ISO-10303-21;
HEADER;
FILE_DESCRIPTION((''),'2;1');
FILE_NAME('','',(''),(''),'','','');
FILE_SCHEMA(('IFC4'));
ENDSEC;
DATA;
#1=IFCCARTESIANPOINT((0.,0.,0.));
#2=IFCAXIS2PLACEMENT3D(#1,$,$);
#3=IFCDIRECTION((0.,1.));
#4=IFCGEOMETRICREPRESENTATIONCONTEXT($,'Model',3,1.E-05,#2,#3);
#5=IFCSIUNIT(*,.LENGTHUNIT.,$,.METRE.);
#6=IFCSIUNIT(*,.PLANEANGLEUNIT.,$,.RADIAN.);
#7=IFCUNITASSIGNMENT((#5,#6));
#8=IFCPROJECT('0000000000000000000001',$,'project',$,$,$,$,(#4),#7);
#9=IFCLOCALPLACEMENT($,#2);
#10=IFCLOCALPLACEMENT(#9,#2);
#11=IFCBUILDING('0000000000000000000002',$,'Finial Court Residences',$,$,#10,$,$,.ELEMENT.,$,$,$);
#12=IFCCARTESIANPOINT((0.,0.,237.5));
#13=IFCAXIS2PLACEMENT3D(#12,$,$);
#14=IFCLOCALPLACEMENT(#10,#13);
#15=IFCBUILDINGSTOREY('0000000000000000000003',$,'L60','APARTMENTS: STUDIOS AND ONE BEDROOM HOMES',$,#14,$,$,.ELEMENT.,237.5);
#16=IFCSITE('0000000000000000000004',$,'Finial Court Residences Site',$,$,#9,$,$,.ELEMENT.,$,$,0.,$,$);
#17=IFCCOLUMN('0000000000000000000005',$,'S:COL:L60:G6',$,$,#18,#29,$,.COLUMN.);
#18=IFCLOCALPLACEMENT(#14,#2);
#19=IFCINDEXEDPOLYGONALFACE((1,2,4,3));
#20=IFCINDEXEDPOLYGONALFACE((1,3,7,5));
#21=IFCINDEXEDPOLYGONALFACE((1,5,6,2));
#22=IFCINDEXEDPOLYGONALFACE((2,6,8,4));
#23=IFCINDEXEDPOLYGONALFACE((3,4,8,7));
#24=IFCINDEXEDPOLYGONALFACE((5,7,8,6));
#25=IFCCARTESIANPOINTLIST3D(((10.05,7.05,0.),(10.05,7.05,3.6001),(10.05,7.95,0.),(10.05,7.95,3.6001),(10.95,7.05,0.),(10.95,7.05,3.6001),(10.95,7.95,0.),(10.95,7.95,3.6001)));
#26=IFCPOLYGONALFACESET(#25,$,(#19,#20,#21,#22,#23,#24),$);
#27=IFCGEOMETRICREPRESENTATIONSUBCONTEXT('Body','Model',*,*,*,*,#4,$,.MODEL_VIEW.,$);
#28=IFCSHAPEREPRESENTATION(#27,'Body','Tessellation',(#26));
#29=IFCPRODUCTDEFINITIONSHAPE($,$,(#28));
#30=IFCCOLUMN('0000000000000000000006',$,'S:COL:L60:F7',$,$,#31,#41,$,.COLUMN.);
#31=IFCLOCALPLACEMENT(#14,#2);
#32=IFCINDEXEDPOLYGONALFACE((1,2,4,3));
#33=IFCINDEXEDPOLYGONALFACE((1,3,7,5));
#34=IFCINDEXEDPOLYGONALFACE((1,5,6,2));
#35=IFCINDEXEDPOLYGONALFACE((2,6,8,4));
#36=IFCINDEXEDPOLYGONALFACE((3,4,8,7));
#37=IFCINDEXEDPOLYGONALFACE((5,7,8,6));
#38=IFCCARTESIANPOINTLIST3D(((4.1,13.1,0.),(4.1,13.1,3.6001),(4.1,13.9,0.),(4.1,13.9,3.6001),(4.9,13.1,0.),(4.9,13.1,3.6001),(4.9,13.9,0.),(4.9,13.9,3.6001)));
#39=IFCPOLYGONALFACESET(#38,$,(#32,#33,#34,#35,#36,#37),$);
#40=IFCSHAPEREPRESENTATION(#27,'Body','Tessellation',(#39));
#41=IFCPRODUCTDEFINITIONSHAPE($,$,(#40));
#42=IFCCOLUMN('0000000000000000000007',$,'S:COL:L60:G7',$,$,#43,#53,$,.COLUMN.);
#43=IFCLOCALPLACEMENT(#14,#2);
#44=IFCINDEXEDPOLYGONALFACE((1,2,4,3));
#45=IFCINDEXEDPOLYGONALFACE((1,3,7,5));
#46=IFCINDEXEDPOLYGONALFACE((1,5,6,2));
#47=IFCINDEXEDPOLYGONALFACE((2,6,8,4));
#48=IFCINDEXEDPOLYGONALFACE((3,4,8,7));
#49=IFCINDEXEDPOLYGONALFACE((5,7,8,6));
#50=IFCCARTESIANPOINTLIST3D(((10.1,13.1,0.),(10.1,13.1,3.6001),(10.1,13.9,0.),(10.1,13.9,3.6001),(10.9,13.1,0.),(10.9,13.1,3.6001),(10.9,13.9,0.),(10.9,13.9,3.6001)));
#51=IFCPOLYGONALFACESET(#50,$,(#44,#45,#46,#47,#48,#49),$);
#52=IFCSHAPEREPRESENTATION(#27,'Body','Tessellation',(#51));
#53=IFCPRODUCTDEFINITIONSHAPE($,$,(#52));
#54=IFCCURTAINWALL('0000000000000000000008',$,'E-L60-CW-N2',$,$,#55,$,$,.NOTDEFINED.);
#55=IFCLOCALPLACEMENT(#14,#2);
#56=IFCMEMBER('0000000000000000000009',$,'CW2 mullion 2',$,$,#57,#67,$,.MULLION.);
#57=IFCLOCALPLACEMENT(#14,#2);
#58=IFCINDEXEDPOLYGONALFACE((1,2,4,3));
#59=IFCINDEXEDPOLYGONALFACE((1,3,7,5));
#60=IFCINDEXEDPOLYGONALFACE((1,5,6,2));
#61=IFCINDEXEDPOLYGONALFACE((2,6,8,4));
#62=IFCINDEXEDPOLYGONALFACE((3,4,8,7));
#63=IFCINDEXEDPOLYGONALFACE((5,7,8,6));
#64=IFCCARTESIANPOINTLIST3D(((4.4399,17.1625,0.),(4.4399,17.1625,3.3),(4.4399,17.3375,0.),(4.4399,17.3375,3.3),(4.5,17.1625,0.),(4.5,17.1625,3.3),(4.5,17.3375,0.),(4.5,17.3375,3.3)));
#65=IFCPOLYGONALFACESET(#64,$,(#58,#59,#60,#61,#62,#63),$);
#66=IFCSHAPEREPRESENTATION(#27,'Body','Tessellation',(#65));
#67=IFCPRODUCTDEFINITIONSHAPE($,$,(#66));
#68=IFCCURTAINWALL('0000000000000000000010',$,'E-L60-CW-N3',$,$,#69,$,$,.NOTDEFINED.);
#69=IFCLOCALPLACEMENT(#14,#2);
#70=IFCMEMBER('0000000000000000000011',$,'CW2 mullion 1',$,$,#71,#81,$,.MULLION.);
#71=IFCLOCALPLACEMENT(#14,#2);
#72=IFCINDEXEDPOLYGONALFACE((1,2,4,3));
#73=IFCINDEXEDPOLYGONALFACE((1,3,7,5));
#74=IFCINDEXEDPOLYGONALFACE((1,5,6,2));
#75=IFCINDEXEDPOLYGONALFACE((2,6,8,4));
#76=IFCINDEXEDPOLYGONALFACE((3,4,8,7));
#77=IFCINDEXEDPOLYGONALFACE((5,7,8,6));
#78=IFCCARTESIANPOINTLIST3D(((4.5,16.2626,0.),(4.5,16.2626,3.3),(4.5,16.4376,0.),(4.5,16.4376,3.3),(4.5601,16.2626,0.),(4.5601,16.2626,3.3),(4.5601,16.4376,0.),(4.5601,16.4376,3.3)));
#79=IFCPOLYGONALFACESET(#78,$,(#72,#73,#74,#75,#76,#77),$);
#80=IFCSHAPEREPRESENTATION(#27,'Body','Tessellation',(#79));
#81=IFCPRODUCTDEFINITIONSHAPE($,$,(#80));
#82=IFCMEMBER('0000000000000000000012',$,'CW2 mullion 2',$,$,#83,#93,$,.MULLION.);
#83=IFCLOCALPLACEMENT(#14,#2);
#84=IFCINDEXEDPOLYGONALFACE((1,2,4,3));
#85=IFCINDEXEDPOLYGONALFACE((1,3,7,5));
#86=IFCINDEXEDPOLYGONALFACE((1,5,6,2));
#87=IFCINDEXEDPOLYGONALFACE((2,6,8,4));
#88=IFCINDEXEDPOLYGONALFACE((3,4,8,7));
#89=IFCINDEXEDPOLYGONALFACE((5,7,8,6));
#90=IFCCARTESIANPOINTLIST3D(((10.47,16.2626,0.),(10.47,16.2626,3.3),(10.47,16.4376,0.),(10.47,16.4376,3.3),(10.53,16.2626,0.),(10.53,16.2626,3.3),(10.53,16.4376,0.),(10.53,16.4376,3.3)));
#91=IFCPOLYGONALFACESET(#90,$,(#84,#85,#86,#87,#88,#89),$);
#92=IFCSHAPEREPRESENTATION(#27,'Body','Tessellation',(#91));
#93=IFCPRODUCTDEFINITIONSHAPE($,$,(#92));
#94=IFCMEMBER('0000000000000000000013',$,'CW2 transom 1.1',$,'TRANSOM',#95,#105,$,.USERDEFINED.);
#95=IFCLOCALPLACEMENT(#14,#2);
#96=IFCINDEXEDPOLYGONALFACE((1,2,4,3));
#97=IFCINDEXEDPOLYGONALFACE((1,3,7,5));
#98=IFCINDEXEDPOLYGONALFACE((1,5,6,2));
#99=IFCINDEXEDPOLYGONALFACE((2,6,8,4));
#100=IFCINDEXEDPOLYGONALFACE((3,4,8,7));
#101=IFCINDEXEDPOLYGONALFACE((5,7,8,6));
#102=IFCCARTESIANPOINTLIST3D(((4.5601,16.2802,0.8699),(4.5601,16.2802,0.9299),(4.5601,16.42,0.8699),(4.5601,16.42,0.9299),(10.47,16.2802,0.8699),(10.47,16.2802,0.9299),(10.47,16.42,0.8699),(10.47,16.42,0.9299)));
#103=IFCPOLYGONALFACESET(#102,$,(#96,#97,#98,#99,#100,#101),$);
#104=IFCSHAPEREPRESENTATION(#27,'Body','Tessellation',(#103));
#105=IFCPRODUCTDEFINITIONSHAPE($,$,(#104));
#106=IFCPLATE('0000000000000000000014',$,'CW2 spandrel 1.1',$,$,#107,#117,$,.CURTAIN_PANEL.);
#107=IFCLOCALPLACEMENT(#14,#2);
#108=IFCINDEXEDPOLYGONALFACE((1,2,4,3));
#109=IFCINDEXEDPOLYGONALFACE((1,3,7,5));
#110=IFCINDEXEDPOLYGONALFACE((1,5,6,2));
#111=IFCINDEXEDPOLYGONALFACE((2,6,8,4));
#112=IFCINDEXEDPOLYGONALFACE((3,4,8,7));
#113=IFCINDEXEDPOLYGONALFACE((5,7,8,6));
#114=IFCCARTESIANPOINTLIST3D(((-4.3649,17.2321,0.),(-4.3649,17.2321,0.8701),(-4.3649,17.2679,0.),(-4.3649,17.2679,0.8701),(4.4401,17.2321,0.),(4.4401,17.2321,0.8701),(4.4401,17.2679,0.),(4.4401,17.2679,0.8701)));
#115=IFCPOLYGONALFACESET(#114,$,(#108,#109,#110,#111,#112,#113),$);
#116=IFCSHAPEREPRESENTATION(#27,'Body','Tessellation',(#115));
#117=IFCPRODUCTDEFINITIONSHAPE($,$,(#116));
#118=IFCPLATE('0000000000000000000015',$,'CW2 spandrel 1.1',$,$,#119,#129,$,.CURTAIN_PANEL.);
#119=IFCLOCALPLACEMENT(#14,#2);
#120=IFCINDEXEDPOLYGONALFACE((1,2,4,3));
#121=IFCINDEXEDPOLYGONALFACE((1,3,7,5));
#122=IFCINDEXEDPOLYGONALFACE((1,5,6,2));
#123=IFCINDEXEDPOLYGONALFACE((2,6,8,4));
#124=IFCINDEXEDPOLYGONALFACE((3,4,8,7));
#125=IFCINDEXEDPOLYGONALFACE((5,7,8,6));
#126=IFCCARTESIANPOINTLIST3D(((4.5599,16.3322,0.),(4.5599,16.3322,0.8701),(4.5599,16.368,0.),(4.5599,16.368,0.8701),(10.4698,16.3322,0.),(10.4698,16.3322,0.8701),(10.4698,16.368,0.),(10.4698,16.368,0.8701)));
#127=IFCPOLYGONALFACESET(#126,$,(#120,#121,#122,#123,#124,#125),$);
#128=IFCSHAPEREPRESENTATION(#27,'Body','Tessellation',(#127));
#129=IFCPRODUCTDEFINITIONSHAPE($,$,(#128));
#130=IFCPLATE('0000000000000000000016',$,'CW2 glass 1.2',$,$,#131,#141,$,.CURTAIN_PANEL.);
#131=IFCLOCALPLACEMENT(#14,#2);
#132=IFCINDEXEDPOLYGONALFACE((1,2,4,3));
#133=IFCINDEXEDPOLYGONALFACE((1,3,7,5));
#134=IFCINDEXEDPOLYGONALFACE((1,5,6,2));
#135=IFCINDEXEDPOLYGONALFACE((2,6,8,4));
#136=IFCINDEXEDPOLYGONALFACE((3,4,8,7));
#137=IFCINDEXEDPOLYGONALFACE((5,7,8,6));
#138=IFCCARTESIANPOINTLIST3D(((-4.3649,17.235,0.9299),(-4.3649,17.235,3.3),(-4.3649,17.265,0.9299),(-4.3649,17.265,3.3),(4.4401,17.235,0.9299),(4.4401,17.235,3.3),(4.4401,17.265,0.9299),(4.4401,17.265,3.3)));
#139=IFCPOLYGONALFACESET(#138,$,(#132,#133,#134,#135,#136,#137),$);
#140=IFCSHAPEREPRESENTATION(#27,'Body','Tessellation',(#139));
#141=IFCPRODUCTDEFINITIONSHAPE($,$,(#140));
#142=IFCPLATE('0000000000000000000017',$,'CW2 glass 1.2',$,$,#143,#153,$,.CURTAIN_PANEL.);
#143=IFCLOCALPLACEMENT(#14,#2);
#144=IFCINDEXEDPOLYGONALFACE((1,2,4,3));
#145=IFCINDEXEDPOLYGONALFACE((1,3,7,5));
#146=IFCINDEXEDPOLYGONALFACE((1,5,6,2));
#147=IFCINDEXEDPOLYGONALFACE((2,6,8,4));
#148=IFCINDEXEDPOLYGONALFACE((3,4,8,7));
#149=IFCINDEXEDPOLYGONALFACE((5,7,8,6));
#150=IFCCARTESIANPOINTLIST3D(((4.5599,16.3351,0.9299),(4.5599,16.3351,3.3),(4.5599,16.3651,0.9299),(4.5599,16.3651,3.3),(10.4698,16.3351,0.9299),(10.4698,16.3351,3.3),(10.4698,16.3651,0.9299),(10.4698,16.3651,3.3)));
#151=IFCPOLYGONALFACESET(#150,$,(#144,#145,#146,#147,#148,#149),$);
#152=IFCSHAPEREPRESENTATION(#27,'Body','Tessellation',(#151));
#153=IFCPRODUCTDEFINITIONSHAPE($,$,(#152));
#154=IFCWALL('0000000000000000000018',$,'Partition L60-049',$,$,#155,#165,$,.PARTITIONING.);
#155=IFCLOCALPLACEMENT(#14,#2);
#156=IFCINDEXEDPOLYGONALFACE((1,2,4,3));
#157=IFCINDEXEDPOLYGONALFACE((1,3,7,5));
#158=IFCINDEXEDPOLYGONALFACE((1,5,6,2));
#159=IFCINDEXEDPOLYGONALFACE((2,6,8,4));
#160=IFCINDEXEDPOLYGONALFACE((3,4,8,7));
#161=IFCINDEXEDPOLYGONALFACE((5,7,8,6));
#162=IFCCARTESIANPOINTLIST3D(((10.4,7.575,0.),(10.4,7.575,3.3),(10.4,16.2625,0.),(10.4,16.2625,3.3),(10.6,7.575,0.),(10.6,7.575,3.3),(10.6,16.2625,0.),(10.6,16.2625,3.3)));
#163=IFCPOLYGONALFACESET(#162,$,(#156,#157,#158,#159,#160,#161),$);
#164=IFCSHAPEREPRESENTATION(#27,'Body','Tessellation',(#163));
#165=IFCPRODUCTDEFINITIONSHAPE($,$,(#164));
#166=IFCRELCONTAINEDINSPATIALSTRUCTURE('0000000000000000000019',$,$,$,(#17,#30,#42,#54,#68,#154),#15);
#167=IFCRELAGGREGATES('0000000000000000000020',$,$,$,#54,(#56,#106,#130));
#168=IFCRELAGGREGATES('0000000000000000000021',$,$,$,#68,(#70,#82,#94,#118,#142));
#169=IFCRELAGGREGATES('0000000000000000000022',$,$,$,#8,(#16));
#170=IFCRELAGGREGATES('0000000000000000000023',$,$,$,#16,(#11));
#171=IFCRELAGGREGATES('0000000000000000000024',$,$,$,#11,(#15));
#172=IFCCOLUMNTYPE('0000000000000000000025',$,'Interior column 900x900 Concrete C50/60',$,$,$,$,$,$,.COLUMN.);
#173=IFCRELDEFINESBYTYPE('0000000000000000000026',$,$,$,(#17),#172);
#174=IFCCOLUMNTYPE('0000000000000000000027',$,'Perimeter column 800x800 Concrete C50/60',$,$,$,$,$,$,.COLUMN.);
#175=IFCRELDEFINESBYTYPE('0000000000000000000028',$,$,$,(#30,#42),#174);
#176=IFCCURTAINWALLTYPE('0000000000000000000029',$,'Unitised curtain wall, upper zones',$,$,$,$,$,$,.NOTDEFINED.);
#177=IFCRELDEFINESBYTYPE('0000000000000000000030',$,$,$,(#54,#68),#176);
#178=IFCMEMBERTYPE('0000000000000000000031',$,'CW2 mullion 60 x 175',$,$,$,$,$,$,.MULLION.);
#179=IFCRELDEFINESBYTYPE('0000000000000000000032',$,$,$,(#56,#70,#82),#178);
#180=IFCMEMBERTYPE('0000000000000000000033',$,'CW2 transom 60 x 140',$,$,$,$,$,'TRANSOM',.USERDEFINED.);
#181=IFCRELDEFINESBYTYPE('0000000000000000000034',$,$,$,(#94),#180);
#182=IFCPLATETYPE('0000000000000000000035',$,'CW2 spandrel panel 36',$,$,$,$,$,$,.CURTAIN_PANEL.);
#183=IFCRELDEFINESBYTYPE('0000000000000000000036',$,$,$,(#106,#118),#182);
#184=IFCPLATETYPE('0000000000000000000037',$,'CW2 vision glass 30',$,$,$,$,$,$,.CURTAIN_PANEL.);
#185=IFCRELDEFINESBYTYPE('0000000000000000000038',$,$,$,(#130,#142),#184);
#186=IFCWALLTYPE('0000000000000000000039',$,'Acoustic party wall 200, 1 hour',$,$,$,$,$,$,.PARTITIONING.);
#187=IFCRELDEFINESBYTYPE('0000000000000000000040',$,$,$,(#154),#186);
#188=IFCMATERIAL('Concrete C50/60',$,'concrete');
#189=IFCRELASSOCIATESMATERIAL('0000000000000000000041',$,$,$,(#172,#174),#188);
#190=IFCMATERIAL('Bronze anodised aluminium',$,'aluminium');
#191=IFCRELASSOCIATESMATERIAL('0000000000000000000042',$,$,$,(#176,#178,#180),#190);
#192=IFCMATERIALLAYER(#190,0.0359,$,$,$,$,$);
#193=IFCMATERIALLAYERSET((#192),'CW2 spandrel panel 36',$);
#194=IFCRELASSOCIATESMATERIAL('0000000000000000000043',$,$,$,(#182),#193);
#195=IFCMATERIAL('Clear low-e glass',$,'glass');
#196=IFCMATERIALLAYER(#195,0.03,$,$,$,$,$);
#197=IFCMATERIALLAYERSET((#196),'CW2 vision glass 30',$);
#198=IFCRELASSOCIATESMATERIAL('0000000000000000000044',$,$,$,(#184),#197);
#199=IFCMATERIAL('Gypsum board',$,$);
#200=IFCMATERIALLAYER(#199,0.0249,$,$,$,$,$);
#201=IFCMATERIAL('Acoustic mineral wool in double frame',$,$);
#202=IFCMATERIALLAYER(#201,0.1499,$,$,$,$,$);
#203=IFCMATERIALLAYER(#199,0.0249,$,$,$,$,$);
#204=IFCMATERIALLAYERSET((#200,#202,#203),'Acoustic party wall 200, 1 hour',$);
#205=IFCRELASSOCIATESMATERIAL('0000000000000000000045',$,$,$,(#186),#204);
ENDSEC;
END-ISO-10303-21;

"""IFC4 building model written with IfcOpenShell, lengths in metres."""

from ifc_helpers import new_model, si_unit, direction, frame, frame_2d, origin, origin_2d, place, context, subcontext, project, spatial, rectangle, extrude, material, layer, layer_set, material_profile, profile_set, type_object, element, aggregate, save


model = new_model("IFC4")

# Units and contexts
model_context = context("Model", 3, precision=1e-05, world=origin(), true_north=direction((0.0, 1.0)))
body_context = subcontext(model_context, "Body", "Model", "MODEL_VIEW")
ifc_project = project(units=[si_unit("LENGTHUNIT", "METRE"), si_unit("PLANEANGLEUNIT", "RADIAN")], contexts=[model_context])

# Site, building, storey
site_placement = place(None, origin())
site = spatial("IfcSite", under=ifc_project, at=site_placement, Name="Finial Court Residences Site", CompositionType="ELEMENT", RefElevation=0.0)
building_placement = place(site_placement, origin())
building = spatial("IfcBuilding", under=site, at=building_placement, Name="Finial Court Residences", CompositionType="ELEMENT")
storey_placement = place(building_placement, frame((0.0, 0.0, 237.5)))
storey = spatial("IfcBuildingStorey", under=building, at=storey_placement, Name="L60", Description="APARTMENTS: STUDIOS AND ONE BEDROOM HOMES", CompositionType="ELEMENT", Elevation=237.5)

# Columns
ifc_material_1 = material(Name="Concrete C50/60", Category="concrete")
ifc_material_profile_1 = material_profile(ifc_material_1, rectangle(XDim=0.8999, YDim=0.8999, at=origin_2d()), Name="900x900")
ifc_profile_set_1 = profile_set([ifc_material_profile_1], Name="Concrete C50/60")
column_type_1 = type_object("IfcColumnType", Name="Interior column 900x900 Concrete C50/60", PredefinedType="COLUMN", material=ifc_profile_set_1)
column_placement = place(storey_placement, frame((10.5, 7.5, 0.0), z_axis=(0.0, 0.0, 1.0), x_axis=(1.0, 0.0, 0.0)))
element("IfcColumn", 1, at=column_placement, inside=storey, type_object=column_type_1, Name="S:COL:L60:G6", PredefinedType="COLUMN", context=body_context, shape_type="SweptSolid", body=[
    extrude(rectangle(XDim=0.8999, YDim=0.8999, at=origin_2d()), origin(), (0.0, 0.0, 1.0), 3.6001),
])
ifc_material_profile_2 = material_profile(ifc_material_1, rectangle(XDim=0.8, YDim=0.8, at=origin_2d()), Name="800x800")
ifc_profile_set_2 = profile_set([ifc_material_profile_2], Name="Concrete C50/60")
column_type_2 = type_object("IfcColumnType", Name="Perimeter column 800x800 Concrete C50/60", PredefinedType="COLUMN", material=ifc_profile_set_2)
for number, where, z_axis, x_axis, name in (
    (2, (4.5, 13.5, 0.0), (0.0, 0.0, 1.0), (1.0, 0.0, 0.0), "S:COL:L60:F7"),
    (3, (10.5, 13.5, 0.0), (0.0, 0.0, 1.0), (1.0, 0.0, 0.0), "S:COL:L60:G7"),
):
    element("IfcColumn", number, at=place(storey_placement, frame(where, z_axis=z_axis, x_axis=x_axis)), inside=storey, type_object=column_type_2, Name=name, PredefinedType="COLUMN", context=body_context, shape_type="SweptSolid", body=[
        extrude(rectangle(XDim=0.8, YDim=0.8, at=origin_2d()), origin(), (0.0, 0.0, 1.0), 3.6001),
    ])

# Curtain wall, member
ifc_material_2 = material(Name="Bronze anodised aluminium", Category="aluminium")
curtain_wall_type = type_object("IfcCurtainWallType", Name="Unitised curtain wall, upper zones", PredefinedType="NOTDEFINED", material=ifc_material_2)
curtain_wall_1_placement = place(storey_placement, origin())
curtain_wall_1 = element("IfcCurtainWall", 4, at=curtain_wall_1_placement, inside=storey, type_object=curtain_wall_type, Name="E-L60-CW-N2", PredefinedType="NOTDEFINED")
ifc_material_profile_3 = material_profile(ifc_material_2, rectangle(XDim=0.175, YDim=0.0601, at=origin_2d()), Name="CW2 mullion 60 x 175")
ifc_profile_set_3 = profile_set([ifc_material_profile_3], Name="Bronze anodised aluminium")
member_type_1 = type_object("IfcMemberType", Name="CW2 mullion 60 x 175", PredefinedType="MULLION", material=ifc_profile_set_3)
member_1_placement = place(storey_placement, frame((4.47, 17.25, 0.0), z_axis=(0.0, 0.0, 1.0), x_axis=(0.0, 1.0, 0.0)))
member_1 = element("IfcMember", 5, at=member_1_placement, type_object=member_type_1, Name="CW2 mullion 2", PredefinedType="MULLION", context=body_context, shape_type="SweptSolid", body=[
    extrude(rectangle(XDim=0.175, YDim=0.0601, at=origin_2d()), origin(), (0.0, 0.0, 1.0), 3.3),
])

# Curtain wall, members
curtain_wall_2_placement = place(storey_placement, origin())
curtain_wall_2 = element("IfcCurtainWall", 6, at=curtain_wall_2_placement, inside=storey, type_object=curtain_wall_type, Name="E-L60-CW-N3", PredefinedType="NOTDEFINED")
member_2_placement = place(storey_placement, frame((4.53, 16.3501, 0.0), z_axis=(0.0, 0.0, 1.0), x_axis=(0.0, 1.0, 0.0)))
member_2 = element("IfcMember", 7, at=member_2_placement, type_object=member_type_1, Name="CW2 mullion 1", PredefinedType="MULLION", context=body_context, shape_type="SweptSolid", body=[
    extrude(rectangle(XDim=0.175, YDim=0.0601, at=origin_2d()), origin(), (0.0, 0.0, 1.0), 3.3),
])
member_3_placement = place(storey_placement, frame((10.5, 16.3501, 0.0), z_axis=(0.0, 0.0, 1.0), x_axis=(0.0, 1.0, 0.0)))
member_3 = element("IfcMember", 8, at=member_3_placement, type_object=member_type_1, Name="CW2 mullion 2", PredefinedType="MULLION", context=body_context, shape_type="SweptSolid", body=[
    extrude(rectangle(XDim=0.175, YDim=0.0601, at=origin_2d()), origin(), (0.0, 0.0, 1.0), 3.3),
])
ifc_material_profile_4 = material_profile(ifc_material_2, rectangle(XDim=0.1399, YDim=0.0601, at=origin_2d()), Name="CW2 transom 60 x 140")
ifc_profile_set_4 = profile_set([ifc_material_profile_4], Name="Bronze anodised aluminium")
member_type_2 = type_object("IfcMemberType", Name="CW2 transom 60 x 140", ElementType="TRANSOM", PredefinedType="USERDEFINED", material=ifc_profile_set_4)
member_4_placement = place(storey_placement, frame((4.5601, 16.3501, 0.8999), z_axis=(1.0, 0.0, 0.0), x_axis=(0.0, 1.0, 0.0)))
member_4 = element("IfcMember", 9, at=member_4_placement, type_object=member_type_2, Name="CW2 transom 1.1", ObjectType="TRANSOM", PredefinedType="USERDEFINED", context=body_context, shape_type="SweptSolid", body=[
    extrude(rectangle(XDim=0.1399, YDim=0.0601, at=origin_2d()), origin(), (0.0, 0.0, 1.0), 5.9099),
])

# Plates
ifc_layer_1 = layer(ifc_material_2, 0.0359)
ifc_layer_set_1 = layer_set([ifc_layer_1], Name="CW2 spandrel panel 36")
plate_type_1 = type_object("IfcPlateType", Name="CW2 spandrel panel 36", PredefinedType="CURTAIN_PANEL", material=ifc_layer_set_1)
plate_1_placement = place(storey_placement, frame((0.0376, 17.25, 0.0), z_axis=(0.0, 0.0, 1.0), x_axis=(1.0, 0.0, 0.0)))
plate_1 = element("IfcPlate", 10, at=plate_1_placement, type_object=plate_type_1, Name="CW2 spandrel 1.1", PredefinedType="CURTAIN_PANEL", context=body_context, shape_type="SweptSolid", body=[
    extrude(rectangle(XDim=8.8049, YDim=0.0359, at=origin_2d()), origin(), (0.0, 0.0, 1.0), 0.8701),
])
plate_2_placement = place(storey_placement, frame((7.5149, 16.3501, 0.0), z_axis=(0.0, 0.0, 1.0), x_axis=(1.0, 0.0, 0.0)))
plate_2 = element("IfcPlate", 11, at=plate_2_placement, type_object=plate_type_1, Name="CW2 spandrel 1.1", PredefinedType="CURTAIN_PANEL", context=body_context, shape_type="SweptSolid", body=[
    extrude(rectangle(XDim=5.9099, YDim=0.0359, at=origin_2d()), origin(), (0.0, 0.0, 1.0), 0.8701),
])
ifc_material_3 = material(Name="Clear low-e glass", Category="glass")
ifc_layer_2 = layer(ifc_material_3, 0.03)
ifc_layer_set_2 = layer_set([ifc_layer_2], Name="CW2 vision glass 30")
plate_type_2 = type_object("IfcPlateType", Name="CW2 vision glass 30", PredefinedType="CURTAIN_PANEL", material=ifc_layer_set_2)
plate_3_placement = place(storey_placement, frame((0.0376, 17.25, 0.9299), z_axis=(0.0, 0.0, 1.0), x_axis=(1.0, 0.0, 0.0)))
plate_3 = element("IfcPlate", 12, at=plate_3_placement, type_object=plate_type_2, Name="CW2 glass 1.2", PredefinedType="CURTAIN_PANEL", context=body_context, shape_type="SweptSolid", body=[
    extrude(rectangle(XDim=8.8049, YDim=0.03, at=origin_2d()), origin(), (0.0, 0.0, 1.0), 2.3701),
])
aggregate(curtain_wall_1, [member_1, plate_1, plate_3])
plate_4_placement = place(storey_placement, frame((7.5149, 16.3501, 0.9299), z_axis=(0.0, 0.0, 1.0), x_axis=(1.0, 0.0, 0.0)))
plate_4 = element("IfcPlate", 13, at=plate_4_placement, type_object=plate_type_2, Name="CW2 glass 1.2", PredefinedType="CURTAIN_PANEL", context=body_context, shape_type="SweptSolid", body=[
    extrude(rectangle(XDim=5.9099, YDim=0.03, at=origin_2d()), origin(), (0.0, 0.0, 1.0), 2.3701),
])
aggregate(curtain_wall_2, [member_2, member_3, member_4, plate_2, plate_4])

# Wall
ifc_material_4 = material(Name="Gypsum board")
ifc_layer_3 = layer(ifc_material_4, 0.0249)
ifc_material_5 = material(Name="Acoustic mineral wool in double frame")
ifc_layer_4 = layer(ifc_material_5, 0.1499)
ifc_layer_5 = layer(ifc_material_4, 0.0249)
ifc_layer_set_3 = layer_set([ifc_layer_3, ifc_layer_4, ifc_layer_5], Name="Acoustic party wall 200, 1 hour")
wall_type_1 = type_object("IfcWallType", Name="Acoustic party wall 200, 1 hour", PredefinedType="PARTITIONING", material=ifc_layer_set_3)
wall_1_placement = place(storey_placement, frame((10.5, 7.575, 0.0), z_axis=(0.0, 0.0, 1.0), x_axis=(0.0, 1.0, 0.0)))
element("IfcWall", 14, at=wall_1_placement, inside=storey, type_object=wall_type_1, Name="Partition L60-049", PredefinedType="PARTITIONING", context=body_context, shape_type="SweptSolid", body=[
    extrude(rectangle(XDim=8.6875, YDim=0.2, at=frame_2d((4.3438, 0.0))), origin(), (0.0, 0.0, 1.0), 3.3),
])

save(model, "model.ifc")
